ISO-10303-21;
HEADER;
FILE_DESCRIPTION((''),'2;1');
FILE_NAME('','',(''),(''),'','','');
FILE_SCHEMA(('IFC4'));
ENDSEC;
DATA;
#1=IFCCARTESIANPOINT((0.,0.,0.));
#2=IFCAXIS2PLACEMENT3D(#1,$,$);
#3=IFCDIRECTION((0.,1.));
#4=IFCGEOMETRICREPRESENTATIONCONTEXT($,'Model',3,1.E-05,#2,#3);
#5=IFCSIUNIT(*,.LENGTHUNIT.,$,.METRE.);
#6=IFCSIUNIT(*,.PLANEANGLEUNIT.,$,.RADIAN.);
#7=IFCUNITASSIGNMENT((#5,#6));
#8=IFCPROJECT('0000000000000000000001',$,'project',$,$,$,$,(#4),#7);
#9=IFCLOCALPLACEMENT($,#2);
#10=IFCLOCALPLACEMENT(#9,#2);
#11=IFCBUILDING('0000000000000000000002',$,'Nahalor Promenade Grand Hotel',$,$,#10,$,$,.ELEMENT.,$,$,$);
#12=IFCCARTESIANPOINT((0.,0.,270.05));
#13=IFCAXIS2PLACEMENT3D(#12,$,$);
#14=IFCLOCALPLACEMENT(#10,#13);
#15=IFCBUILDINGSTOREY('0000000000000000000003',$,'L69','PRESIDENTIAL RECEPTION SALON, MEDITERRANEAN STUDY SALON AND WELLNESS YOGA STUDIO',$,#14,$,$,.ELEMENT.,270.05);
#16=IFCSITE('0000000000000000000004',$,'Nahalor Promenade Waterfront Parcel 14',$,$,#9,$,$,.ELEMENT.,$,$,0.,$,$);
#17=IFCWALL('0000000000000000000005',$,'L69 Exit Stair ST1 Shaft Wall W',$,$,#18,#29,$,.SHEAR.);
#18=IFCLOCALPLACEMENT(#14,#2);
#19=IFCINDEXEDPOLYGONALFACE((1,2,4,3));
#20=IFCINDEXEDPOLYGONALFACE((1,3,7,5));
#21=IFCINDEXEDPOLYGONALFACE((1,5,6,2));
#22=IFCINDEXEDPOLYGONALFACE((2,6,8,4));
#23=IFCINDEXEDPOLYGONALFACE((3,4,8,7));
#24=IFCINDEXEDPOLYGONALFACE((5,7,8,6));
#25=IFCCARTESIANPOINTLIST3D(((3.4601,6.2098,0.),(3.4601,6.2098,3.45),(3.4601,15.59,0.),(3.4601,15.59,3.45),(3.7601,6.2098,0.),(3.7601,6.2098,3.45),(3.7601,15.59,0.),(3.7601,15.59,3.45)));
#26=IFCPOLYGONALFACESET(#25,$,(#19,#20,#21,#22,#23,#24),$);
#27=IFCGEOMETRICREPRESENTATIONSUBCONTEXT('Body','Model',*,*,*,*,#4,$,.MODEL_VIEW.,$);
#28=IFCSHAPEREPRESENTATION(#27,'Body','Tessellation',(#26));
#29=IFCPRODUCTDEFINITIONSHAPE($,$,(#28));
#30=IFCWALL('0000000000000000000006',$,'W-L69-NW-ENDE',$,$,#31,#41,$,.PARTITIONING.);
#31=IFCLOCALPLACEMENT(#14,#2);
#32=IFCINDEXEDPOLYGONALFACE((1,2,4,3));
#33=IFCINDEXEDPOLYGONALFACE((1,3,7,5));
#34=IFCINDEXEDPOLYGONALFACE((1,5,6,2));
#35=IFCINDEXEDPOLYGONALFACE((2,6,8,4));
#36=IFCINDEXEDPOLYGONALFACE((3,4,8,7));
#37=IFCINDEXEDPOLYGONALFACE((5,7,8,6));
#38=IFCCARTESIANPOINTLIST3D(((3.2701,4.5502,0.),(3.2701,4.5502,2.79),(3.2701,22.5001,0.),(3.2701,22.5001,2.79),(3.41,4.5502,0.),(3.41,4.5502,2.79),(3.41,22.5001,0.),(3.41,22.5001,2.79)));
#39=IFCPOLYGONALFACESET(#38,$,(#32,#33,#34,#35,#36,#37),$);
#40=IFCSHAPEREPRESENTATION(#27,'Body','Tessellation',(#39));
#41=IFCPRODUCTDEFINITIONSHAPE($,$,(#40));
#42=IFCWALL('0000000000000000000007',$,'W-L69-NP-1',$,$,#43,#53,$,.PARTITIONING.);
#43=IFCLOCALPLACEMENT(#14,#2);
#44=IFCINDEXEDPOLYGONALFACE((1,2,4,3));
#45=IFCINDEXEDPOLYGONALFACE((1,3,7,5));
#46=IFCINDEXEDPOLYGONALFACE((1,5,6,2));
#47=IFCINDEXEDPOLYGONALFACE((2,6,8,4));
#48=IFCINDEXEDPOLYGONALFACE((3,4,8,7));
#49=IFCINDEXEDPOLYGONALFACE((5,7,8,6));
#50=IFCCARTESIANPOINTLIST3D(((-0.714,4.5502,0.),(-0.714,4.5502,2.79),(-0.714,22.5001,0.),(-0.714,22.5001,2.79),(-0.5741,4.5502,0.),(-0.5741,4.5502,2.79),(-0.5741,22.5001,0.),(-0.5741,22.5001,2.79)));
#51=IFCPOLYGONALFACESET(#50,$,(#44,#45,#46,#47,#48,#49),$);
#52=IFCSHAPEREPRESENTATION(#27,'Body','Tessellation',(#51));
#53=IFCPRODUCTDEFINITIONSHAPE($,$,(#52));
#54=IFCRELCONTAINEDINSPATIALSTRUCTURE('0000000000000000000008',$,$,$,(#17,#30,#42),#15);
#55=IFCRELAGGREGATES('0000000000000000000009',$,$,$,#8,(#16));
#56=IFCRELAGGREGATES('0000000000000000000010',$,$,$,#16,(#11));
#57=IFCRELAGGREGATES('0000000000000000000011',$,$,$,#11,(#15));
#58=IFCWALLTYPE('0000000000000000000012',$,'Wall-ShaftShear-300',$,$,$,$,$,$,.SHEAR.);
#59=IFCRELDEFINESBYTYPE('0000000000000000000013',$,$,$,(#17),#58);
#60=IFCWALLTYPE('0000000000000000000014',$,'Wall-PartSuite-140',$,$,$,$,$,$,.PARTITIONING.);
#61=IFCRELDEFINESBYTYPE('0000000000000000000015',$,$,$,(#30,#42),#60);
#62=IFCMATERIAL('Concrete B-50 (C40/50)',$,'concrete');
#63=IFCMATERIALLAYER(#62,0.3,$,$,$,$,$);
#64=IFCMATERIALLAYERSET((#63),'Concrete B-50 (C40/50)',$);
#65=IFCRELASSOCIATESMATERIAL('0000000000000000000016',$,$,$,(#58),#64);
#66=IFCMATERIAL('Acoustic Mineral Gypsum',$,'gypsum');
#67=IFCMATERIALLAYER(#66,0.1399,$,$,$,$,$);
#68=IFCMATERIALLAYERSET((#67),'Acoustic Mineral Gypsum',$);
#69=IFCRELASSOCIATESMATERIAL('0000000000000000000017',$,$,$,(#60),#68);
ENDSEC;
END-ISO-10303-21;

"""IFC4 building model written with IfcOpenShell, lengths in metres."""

from ifc_helpers import new_model, si_unit, direction, frame, frame_2d, origin, place, context, subcontext, project, spatial, rectangle, extrude, source, transform, mapped, material, layer, layer_set, type_object, element, save


model = new_model("IFC4")

# Units and contexts
model_context = context("Model", 3, precision=1e-05, world=origin(), true_north=direction((0.0, 1.0)))
body_context = subcontext(model_context, "Body", "Model", "MODEL_VIEW")
ifc_project = project(units=[si_unit("LENGTHUNIT", "METRE"), si_unit("PLANEANGLEUNIT", "RADIAN")], contexts=[model_context])

# Site, building, storey
site_placement = place(None, origin())
site = spatial("IfcSite", under=ifc_project, at=site_placement, Name="Nahalor Promenade Waterfront Parcel 14", CompositionType="ELEMENT", RefElevation=0.0)
building_placement = place(site_placement, origin())
building = spatial("IfcBuilding", under=site, at=building_placement, Name="Nahalor Promenade Grand Hotel", CompositionType="ELEMENT")
storey_placement = place(building_placement, frame((0.0, 0.0, 270.05)))
storey = spatial("IfcBuildingStorey", under=building, at=storey_placement, Name="L69", Description="PRESIDENTIAL RECEPTION SALON, MEDITERRANEAN STUDY SALON AND WELLNESS YOGA STUDIO", CompositionType="ELEMENT", Elevation=270.05)

# Shared definitions
ifc_material_1 = material(Name="Concrete B-50 (C40/50)", Category="concrete")

# Walls
ifc_layer_1 = layer(ifc_material_1, 0.3)
ifc_layer_set_1 = layer_set([ifc_layer_1], Name="Concrete B-50 (C40/50)")
wall_type_1 = type_object("IfcWallType", Name="Wall-ShaftShear-300", PredefinedType="SHEAR", material=ifc_layer_set_1)
shared_shape_1 = source(origin(), body_context, "Body", "SweptSolid", [
    extrude(rectangle(XDim=9.3801, YDim=0.3, at=frame_2d((4.6899, 0.0))), origin(), (0.0, 0.0, 1.0), 3.45),
])
wall_1_placement = place(storey_placement, frame((3.6101, 6.21, 0.0), z_axis=(0.0, 0.0, 1.0), x_axis=(0.0, 1.0, 0.0)))
element("IfcWall", 1, at=wall_1_placement, inside=storey, type_object=wall_type_1, Name="L69 Exit Stair ST1 Shaft Wall W", PredefinedType="SHEAR", context=body_context, shape_type="MappedRepresentation", body=[
    mapped(shared_shape_1, transform((0.0, 0.0, 0.0), scale=1.0)),
])
ifc_material_2 = material(Name="Acoustic Mineral Gypsum", Category="gypsum")
ifc_layer_2 = layer(ifc_material_2, 0.1399)
ifc_layer_set_2 = layer_set([ifc_layer_2], Name="Acoustic Mineral Gypsum")
wall_type_2 = type_object("IfcWallType", Name="Wall-PartSuite-140", PredefinedType="PARTITIONING", material=ifc_layer_set_2)
shared_shape_2 = source(origin(), body_context, "Body", "SweptSolid", [
    extrude(rectangle(XDim=17.95, YDim=0.1399, at=frame_2d((8.9751, 0.0))), origin(), (0.0, 0.0, 1.0), 2.79),
])
for number, where, z_axis, x_axis, name in (
    (2, (3.3401, 4.55, 0.0), (0.0, 0.0, 1.0), (0.0, 1.0, 0.0), "W-L69-NW-ENDE"),
    (3, (-0.644, 4.55, 0.0), (0.0, 0.0, 1.0), (0.0, 1.0, 0.0), "W-L69-NP-1"),
):
    element("IfcWall", number, at=place(storey_placement, frame(where, z_axis=z_axis, x_axis=x_axis)), inside=storey, type_object=wall_type_2, Name=name, PredefinedType="PARTITIONING", context=body_context, shape_type="MappedRepresentation", body=[
        mapped(shared_shape_2, transform((0.0, 0.0, 0.0), scale=1.0)),
    ])

save(model, "model.ifc")
